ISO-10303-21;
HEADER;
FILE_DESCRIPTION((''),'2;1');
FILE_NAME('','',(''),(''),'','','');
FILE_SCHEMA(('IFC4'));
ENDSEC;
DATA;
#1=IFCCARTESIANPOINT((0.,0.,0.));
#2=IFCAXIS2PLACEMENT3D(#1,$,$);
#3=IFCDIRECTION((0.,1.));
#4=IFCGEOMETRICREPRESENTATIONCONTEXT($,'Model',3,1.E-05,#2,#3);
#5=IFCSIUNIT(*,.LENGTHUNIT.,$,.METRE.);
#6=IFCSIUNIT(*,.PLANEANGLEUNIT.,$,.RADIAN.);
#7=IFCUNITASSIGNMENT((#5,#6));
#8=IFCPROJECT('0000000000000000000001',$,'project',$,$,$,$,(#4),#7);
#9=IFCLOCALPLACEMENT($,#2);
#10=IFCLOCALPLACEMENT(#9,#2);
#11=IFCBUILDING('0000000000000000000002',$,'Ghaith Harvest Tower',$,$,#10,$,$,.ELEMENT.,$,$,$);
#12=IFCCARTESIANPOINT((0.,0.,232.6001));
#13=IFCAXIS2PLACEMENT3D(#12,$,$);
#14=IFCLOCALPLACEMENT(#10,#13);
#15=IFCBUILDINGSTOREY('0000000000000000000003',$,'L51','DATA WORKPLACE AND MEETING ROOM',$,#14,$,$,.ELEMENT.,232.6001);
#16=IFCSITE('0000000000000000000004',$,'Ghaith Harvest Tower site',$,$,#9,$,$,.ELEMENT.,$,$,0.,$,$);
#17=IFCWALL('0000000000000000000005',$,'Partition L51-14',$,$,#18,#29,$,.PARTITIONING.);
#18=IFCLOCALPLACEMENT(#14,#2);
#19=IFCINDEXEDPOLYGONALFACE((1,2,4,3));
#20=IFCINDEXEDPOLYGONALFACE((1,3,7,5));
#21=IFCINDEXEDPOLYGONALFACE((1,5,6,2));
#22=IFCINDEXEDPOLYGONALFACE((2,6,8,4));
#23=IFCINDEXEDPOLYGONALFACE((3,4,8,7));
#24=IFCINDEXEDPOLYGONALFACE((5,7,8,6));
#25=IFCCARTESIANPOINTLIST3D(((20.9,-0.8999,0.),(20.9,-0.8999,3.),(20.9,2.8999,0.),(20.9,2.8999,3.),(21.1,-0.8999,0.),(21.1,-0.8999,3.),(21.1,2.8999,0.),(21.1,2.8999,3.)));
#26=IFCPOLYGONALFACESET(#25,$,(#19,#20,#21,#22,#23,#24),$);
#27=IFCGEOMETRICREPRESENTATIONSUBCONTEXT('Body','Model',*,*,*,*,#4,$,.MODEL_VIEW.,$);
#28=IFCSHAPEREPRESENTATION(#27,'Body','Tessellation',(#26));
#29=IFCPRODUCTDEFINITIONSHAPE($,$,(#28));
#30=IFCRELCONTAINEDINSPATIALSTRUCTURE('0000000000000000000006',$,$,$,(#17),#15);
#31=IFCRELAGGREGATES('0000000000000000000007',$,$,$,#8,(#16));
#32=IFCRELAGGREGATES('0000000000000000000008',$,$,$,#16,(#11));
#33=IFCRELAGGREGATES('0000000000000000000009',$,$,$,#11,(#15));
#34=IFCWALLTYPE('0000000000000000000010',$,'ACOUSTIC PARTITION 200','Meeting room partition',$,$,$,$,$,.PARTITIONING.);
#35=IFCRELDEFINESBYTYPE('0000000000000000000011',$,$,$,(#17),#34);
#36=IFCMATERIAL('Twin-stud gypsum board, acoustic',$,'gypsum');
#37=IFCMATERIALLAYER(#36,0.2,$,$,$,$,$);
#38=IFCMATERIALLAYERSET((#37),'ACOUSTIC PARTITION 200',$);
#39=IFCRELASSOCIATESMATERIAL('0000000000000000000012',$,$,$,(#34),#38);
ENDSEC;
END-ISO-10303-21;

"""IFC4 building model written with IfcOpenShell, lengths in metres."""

from ifc_helpers import new_model, si_unit, direction, frame, frame_2d, origin, place, context, subcontext, project, spatial, rectangle, extrude, material, layer, layer_set, type_object, element, save


model = new_model("IFC4")

# Units and contexts
model_context = context("Model", 3, precision=1e-05, world=origin(), true_north=direction((0.0, 1.0)))
body_context = subcontext(model_context, "Body", "Model", "MODEL_VIEW")
ifc_project = project(units=[si_unit("LENGTHUNIT", "METRE"), si_unit("PLANEANGLEUNIT", "RADIAN")], contexts=[model_context])

# Site, building, storey
site_placement = place(None, origin())
site = spatial("IfcSite", under=ifc_project, at=site_placement, Name="Ghaith Harvest Tower site", CompositionType="ELEMENT", RefElevation=0.0)
building_placement = place(site_placement, origin())
building = spatial("IfcBuilding", under=site, at=building_placement, Name="Ghaith Harvest Tower", CompositionType="ELEMENT")
storey_placement = place(building_placement, frame((0.0, 0.0, 232.6001)))
storey = spatial("IfcBuildingStorey", under=building, at=storey_placement, Name="L51", Description="DATA WORKPLACE AND MEETING ROOM", CompositionType="ELEMENT", Elevation=232.6001)

# Shared definitions
ifc_material_1 = material(Name="Twin-stud gypsum board, acoustic", Category="gypsum")
ifc_layer_1 = layer(ifc_material_1, 0.2)
ifc_layer_set_1 = layer_set([ifc_layer_1], Name="ACOUSTIC PARTITION 200")
wall_type_1 = type_object("IfcWallType", Name="ACOUSTIC PARTITION 200", Description="Meeting room partition", PredefinedType="PARTITIONING", material=ifc_layer_set_1)

# Wall
wall_1_placement = place(storey_placement, frame((21.0, -0.8999, 0.0), z_axis=(0.0, 0.0, 1.0), x_axis=(0.0, 1.0, 0.0)))
element("IfcWall", 1, at=wall_1_placement, inside=storey, type_object=wall_type_1, Name="Partition L51-14", PredefinedType="PARTITIONING", context=body_context, shape_type="SweptSolid", body=[
    extrude(rectangle(XDim=3.7998, YDim=0.2, at=frame_2d((1.8999, 0.0))), origin(), (0.0, 0.0, 1.0), 3.0),
])

save(model, "model.ifc")
